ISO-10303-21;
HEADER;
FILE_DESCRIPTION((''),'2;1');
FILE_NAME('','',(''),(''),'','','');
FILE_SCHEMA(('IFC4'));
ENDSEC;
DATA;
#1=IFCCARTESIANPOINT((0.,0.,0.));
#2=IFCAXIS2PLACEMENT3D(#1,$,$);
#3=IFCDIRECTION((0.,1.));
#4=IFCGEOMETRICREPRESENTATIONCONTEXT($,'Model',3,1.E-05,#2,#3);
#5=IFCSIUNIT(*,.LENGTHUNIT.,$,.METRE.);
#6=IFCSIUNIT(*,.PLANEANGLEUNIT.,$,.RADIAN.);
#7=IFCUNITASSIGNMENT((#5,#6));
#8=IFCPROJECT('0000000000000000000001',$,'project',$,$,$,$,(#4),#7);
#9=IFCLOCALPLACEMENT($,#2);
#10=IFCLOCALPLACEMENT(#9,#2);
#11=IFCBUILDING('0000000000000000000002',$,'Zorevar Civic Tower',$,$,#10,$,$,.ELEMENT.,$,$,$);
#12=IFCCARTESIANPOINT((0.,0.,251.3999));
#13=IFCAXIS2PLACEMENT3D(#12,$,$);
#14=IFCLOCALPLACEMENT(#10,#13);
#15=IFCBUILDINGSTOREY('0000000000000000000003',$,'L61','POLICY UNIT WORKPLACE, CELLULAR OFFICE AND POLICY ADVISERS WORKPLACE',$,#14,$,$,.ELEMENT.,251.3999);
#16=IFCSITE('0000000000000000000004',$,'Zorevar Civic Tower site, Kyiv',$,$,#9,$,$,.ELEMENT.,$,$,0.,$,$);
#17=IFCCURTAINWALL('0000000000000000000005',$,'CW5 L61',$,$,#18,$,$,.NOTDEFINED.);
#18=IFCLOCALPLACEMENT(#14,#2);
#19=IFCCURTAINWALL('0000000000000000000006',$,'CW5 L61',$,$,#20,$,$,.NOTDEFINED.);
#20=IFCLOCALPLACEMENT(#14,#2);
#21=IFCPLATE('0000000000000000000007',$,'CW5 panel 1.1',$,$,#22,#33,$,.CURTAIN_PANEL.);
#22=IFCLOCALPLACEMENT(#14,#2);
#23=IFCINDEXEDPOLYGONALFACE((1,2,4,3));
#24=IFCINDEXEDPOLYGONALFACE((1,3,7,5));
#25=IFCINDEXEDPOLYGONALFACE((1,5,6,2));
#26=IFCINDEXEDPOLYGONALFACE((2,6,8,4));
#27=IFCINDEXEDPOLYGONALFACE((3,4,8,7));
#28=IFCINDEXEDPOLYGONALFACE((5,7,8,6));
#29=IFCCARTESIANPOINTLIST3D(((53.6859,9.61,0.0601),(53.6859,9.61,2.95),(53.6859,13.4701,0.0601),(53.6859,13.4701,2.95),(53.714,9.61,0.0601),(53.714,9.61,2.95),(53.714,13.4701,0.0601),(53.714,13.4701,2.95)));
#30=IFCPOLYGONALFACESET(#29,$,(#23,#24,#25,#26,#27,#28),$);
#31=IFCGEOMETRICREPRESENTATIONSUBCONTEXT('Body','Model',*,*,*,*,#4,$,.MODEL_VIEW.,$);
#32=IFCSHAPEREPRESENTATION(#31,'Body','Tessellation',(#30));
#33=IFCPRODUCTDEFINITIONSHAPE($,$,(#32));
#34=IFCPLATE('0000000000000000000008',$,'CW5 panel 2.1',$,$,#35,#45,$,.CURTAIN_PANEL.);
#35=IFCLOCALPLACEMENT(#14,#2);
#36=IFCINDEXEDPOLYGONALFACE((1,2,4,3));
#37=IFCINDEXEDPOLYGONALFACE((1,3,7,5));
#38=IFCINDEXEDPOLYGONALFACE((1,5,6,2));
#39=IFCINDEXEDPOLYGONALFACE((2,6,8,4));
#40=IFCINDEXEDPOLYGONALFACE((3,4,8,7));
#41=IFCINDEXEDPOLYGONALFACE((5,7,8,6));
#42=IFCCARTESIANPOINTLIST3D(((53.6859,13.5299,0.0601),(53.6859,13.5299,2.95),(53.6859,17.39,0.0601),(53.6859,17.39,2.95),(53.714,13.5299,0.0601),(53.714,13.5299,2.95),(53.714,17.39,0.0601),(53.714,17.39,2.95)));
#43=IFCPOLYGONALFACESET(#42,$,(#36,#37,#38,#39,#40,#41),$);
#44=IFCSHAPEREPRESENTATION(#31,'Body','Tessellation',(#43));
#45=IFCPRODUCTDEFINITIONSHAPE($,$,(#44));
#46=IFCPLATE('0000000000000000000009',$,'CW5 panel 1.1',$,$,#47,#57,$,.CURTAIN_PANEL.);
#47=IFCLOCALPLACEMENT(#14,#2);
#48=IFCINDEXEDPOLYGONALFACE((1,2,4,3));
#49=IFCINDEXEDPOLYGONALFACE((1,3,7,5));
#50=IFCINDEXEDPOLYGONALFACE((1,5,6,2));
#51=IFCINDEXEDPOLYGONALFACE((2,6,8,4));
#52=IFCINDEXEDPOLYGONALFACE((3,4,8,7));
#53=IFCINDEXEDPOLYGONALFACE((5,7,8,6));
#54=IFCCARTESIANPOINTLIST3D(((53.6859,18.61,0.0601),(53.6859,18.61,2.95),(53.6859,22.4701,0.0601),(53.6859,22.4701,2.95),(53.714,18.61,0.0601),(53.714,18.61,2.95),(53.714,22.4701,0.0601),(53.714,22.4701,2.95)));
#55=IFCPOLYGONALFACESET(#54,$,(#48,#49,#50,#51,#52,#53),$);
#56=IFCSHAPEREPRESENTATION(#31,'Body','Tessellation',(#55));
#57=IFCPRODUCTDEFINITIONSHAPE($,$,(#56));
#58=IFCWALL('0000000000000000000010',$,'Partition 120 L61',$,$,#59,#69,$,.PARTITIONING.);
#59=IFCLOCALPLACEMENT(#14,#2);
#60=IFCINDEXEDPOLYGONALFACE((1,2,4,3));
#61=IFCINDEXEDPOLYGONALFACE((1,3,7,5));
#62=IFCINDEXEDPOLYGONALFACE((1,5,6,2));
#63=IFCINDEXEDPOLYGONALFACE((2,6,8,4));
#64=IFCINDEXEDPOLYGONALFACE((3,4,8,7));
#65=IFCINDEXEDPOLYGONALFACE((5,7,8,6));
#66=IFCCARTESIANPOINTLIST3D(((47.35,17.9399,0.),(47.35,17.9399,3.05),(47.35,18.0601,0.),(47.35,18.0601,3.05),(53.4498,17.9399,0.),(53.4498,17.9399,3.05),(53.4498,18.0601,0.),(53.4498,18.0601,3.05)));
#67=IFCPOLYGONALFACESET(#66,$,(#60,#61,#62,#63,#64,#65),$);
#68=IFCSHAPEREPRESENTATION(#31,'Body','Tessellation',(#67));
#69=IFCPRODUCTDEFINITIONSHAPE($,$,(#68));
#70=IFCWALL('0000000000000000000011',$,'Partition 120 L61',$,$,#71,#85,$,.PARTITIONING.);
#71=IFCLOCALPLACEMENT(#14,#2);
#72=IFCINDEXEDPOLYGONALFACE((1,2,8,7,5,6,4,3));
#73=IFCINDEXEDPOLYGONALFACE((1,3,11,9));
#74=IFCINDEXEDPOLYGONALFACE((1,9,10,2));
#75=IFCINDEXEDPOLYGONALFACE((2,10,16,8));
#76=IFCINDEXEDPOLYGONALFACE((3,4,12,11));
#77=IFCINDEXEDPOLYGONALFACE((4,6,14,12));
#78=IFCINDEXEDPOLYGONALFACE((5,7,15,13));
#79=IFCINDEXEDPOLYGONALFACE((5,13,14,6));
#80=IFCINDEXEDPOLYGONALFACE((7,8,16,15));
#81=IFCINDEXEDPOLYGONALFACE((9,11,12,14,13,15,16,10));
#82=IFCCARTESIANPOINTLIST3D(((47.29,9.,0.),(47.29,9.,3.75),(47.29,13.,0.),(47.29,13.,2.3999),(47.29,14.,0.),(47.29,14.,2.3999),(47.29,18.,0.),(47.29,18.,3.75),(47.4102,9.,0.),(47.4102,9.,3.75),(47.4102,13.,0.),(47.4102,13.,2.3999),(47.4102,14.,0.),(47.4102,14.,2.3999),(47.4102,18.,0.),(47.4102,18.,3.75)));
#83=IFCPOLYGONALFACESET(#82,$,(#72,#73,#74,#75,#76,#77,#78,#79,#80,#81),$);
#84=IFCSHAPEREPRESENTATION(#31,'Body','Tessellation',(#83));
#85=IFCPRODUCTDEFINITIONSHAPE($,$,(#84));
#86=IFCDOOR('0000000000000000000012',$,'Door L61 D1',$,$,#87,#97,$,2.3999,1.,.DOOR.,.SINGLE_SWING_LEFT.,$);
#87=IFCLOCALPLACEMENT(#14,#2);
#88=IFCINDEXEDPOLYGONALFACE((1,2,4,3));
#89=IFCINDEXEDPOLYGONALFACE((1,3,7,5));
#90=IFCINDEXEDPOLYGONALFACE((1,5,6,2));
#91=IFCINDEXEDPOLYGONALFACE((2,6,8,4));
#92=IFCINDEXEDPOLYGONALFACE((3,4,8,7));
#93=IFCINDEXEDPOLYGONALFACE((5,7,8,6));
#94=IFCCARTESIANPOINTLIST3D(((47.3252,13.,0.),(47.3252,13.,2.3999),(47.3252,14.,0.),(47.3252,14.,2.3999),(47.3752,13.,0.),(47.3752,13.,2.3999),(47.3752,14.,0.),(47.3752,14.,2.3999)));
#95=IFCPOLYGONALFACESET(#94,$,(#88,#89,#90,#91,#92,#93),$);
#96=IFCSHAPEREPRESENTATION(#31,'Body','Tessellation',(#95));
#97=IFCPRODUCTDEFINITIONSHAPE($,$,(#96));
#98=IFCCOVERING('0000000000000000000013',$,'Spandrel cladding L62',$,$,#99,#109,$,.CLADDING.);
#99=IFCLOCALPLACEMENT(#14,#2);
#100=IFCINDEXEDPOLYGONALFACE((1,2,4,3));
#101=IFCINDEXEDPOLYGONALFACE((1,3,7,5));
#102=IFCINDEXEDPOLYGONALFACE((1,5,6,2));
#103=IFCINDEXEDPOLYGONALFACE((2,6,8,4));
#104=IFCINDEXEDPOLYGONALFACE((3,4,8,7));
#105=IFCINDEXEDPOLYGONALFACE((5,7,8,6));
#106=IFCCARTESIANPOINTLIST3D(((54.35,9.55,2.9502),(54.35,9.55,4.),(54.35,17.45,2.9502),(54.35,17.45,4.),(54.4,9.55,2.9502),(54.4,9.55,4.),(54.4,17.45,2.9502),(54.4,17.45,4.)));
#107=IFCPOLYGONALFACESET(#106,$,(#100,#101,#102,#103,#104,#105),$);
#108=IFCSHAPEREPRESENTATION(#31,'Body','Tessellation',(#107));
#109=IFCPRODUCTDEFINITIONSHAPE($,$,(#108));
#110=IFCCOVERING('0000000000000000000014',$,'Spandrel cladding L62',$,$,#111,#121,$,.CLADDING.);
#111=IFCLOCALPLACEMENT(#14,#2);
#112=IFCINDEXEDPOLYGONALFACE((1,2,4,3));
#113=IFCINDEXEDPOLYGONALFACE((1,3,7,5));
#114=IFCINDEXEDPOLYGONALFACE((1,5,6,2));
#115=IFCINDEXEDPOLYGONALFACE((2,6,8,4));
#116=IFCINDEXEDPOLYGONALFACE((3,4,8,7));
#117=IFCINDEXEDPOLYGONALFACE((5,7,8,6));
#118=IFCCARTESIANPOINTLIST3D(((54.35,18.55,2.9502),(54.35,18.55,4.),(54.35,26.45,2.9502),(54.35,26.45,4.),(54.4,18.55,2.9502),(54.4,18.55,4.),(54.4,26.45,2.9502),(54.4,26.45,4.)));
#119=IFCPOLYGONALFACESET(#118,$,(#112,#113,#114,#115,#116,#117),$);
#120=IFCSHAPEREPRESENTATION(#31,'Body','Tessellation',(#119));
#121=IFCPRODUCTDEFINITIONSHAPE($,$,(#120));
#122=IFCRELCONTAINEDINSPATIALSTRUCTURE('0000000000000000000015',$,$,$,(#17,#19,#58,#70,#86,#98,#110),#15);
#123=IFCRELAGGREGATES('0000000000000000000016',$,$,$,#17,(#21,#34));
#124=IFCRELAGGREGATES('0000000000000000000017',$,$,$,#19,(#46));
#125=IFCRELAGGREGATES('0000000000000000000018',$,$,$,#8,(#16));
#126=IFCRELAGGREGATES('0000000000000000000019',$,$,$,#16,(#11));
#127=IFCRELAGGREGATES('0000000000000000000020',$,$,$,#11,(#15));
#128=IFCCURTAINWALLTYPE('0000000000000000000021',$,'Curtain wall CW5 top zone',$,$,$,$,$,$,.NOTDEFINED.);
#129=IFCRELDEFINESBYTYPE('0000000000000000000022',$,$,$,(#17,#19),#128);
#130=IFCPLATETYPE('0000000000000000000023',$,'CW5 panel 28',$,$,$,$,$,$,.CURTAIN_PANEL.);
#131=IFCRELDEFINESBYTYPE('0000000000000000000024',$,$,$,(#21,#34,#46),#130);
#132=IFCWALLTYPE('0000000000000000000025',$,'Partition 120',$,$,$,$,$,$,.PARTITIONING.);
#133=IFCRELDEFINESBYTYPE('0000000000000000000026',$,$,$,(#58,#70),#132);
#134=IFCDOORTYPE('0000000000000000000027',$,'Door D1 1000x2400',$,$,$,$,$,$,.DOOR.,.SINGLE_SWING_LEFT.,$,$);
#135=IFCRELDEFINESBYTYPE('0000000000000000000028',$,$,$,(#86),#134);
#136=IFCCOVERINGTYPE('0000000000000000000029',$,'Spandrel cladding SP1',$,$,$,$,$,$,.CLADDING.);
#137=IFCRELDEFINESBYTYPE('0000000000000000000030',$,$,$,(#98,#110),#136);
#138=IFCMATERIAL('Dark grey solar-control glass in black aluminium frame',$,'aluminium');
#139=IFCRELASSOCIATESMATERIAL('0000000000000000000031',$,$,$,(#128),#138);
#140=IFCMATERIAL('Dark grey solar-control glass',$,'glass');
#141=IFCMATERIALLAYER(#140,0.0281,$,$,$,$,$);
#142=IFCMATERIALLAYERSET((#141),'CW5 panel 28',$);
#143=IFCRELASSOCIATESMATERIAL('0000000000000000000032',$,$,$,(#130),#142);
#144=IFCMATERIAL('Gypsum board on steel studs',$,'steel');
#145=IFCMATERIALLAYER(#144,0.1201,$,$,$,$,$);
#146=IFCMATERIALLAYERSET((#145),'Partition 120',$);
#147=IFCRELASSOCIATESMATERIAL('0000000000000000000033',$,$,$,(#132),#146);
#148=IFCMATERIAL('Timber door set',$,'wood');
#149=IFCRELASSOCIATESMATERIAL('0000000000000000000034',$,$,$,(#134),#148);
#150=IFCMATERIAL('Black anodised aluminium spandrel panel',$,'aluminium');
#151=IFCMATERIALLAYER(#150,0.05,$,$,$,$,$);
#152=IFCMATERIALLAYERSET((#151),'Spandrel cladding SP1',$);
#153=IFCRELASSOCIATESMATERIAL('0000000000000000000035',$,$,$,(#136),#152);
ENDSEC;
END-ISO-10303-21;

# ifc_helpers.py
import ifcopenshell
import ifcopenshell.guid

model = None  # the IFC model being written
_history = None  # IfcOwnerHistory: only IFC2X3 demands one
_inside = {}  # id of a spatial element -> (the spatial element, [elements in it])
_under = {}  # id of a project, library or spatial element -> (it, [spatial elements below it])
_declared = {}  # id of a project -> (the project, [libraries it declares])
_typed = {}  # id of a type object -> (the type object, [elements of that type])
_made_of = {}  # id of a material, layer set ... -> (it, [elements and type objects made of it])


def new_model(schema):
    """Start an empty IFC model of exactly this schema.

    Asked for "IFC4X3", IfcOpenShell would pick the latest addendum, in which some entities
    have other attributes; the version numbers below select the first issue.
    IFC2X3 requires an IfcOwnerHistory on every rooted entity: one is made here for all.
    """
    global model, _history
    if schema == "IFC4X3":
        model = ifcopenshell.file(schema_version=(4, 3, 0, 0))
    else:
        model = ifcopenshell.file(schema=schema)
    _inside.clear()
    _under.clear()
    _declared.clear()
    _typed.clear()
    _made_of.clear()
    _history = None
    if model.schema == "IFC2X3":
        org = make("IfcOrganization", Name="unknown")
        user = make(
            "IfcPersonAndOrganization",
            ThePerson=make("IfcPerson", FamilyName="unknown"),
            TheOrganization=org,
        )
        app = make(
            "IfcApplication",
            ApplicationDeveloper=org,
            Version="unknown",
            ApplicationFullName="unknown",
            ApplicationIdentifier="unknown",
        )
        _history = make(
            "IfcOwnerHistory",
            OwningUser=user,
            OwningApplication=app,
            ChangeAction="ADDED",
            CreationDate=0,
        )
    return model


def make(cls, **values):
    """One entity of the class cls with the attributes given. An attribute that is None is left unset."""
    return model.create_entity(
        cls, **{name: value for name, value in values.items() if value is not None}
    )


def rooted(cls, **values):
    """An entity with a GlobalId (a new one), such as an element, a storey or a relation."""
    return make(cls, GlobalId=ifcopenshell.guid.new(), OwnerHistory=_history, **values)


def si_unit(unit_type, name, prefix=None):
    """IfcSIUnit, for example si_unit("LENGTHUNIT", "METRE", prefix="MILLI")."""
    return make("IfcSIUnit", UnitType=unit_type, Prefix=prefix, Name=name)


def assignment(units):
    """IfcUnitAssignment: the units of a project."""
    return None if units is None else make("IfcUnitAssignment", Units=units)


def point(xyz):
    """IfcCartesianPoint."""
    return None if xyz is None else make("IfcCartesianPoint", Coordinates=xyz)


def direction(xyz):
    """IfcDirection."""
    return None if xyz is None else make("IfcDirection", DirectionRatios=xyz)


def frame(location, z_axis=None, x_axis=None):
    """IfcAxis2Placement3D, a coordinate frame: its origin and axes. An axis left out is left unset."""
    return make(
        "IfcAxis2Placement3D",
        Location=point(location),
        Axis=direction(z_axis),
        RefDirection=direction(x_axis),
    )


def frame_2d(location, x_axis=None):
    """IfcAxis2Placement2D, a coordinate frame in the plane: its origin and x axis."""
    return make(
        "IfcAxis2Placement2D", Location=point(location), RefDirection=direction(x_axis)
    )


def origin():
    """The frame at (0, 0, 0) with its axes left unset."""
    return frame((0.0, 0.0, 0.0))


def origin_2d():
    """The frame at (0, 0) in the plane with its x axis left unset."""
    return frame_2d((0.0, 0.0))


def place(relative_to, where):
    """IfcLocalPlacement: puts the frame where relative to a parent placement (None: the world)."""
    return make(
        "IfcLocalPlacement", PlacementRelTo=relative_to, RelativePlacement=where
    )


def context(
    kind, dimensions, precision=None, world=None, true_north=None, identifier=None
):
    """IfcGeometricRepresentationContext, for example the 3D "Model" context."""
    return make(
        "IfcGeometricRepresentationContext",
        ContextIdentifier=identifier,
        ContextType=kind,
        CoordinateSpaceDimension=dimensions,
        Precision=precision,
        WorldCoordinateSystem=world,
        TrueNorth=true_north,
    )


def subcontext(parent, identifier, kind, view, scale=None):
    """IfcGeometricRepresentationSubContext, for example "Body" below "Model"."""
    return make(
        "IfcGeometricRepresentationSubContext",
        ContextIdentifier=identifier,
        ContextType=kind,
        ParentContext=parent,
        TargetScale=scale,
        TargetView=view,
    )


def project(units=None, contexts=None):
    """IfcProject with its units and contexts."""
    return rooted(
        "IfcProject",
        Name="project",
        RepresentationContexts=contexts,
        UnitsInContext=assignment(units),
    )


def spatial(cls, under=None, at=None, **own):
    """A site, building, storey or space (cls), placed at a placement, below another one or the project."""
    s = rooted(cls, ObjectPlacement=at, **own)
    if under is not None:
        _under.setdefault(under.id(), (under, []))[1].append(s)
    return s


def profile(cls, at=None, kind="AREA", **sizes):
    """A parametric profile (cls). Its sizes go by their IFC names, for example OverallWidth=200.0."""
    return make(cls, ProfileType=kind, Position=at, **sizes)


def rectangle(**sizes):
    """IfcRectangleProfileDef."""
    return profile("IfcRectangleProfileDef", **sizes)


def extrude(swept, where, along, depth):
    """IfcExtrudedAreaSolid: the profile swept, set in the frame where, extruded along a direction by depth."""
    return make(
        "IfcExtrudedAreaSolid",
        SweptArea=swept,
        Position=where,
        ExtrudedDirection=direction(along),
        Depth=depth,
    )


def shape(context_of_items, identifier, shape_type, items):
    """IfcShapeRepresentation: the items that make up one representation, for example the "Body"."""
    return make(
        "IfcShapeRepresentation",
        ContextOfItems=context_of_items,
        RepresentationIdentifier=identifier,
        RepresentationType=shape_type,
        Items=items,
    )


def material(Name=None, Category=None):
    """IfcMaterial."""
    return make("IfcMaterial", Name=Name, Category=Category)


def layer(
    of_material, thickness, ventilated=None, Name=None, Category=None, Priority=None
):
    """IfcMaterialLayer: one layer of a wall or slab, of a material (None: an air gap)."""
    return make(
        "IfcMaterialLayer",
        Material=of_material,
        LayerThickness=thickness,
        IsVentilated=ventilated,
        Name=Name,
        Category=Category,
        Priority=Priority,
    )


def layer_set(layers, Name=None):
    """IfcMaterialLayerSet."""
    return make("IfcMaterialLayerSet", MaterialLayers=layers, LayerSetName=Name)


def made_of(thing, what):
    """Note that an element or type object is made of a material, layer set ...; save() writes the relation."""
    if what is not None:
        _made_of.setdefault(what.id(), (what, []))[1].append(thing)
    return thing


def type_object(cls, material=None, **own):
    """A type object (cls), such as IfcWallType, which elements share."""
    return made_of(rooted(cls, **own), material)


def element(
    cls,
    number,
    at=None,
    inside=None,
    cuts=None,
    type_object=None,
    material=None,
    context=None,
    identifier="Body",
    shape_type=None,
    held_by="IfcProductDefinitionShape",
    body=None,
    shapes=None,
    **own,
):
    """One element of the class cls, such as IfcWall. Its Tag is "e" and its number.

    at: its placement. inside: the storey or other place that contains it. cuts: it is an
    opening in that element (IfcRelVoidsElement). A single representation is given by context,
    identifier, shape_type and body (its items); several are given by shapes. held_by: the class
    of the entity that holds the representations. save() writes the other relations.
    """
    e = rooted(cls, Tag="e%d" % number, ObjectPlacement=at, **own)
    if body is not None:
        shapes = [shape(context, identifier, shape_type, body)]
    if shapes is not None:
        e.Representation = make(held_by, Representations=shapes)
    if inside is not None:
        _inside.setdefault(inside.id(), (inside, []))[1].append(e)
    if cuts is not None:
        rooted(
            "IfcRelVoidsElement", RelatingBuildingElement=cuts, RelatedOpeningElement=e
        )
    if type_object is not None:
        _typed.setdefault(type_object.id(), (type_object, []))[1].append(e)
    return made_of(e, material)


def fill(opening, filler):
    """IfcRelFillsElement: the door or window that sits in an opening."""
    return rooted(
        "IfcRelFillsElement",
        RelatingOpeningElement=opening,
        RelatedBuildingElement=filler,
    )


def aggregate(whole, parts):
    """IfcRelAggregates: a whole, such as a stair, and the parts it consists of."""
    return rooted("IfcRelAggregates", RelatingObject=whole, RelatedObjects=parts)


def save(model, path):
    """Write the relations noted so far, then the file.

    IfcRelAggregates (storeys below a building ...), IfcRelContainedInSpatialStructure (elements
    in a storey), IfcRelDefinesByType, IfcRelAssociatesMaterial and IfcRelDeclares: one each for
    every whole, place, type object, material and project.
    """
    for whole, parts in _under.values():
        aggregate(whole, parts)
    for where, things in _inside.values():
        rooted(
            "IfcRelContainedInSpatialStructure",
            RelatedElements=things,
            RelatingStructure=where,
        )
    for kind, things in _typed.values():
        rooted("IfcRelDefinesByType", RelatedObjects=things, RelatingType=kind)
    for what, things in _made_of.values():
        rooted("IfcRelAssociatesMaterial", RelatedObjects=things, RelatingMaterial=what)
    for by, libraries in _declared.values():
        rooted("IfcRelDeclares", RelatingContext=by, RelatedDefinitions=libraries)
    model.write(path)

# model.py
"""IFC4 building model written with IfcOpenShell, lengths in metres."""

from ifc_helpers import new_model, si_unit, direction, frame, frame_2d, origin, origin_2d, place, context, subcontext, project, spatial, rectangle, extrude, material, layer, layer_set, type_object, element, fill, aggregate, save


model = new_model("IFC4")

# Units and contexts
model_context = context("Model", 3, precision=1e-05, world=origin(), true_north=direction((0.0, 1.0)))
body_context = subcontext(model_context, "Body", "Model", "MODEL_VIEW")
ifc_project = project(units=[si_unit("LENGTHUNIT", "METRE"), si_unit("PLANEANGLEUNIT", "RADIAN")], contexts=[model_context])

# Site, building, storey
site_placement = place(None, origin())
site = spatial("IfcSite", under=ifc_project, at=site_placement, Name="Zorevar Civic Tower site, Kyiv", CompositionType="ELEMENT", RefElevation=0.0)
building_placement = place(site_placement, origin())
building = spatial("IfcBuilding", under=site, at=building_placement, Name="Zorevar Civic Tower", CompositionType="ELEMENT")
storey_placement = place(building_placement, frame((0.0, 0.0, 251.3999)))
storey = spatial("IfcBuildingStorey", under=building, at=storey_placement, Name="L61", Description="POLICY UNIT WORKPLACE, CELLULAR OFFICE AND POLICY ADVISERS WORKPLACE", CompositionType="ELEMENT", Elevation=251.3999)

# Curtain wall
ifc_material_1 = material(Name="Dark grey solar-control glass in black aluminium frame", Category="aluminium")
curtain_wall_type = type_object("IfcCurtainWallType", Name="Curtain wall CW5 top zone", PredefinedType="NOTDEFINED", material=ifc_material_1)
curtain_wall_1_placement = place(storey_placement, origin())
curtain_wall_1 = element("IfcCurtainWall", 1, at=curtain_wall_1_placement, inside=storey, type_object=curtain_wall_type, Name="CW5 L61", PredefinedType="NOTDEFINED")

# Curtain wall
curtain_wall_2_placement = place(storey_placement, origin())
curtain_wall_2 = element("IfcCurtainWall", 2, at=curtain_wall_2_placement, inside=storey, type_object=curtain_wall_type, Name="CW5 L61", PredefinedType="NOTDEFINED")

# Plates
ifc_material_2 = material(Name="Dark grey solar-control glass", Category="glass")
ifc_layer_1 = layer(ifc_material_2, 0.0281)
ifc_layer_set_1 = layer_set([ifc_layer_1], Name="CW5 panel 28")
plate_type = type_object("IfcPlateType", Name="CW5 panel 28", PredefinedType="CURTAIN_PANEL", material=ifc_layer_set_1)
plate_1_placement = place(storey_placement, frame((53.7, 11.54, 0.0601), z_axis=(0.0, 0.0, 1.0), x_axis=(0.0, 1.0, 0.0)))
plate_1 = element("IfcPlate", 3, at=plate_1_placement, type_object=plate_type, Name="CW5 panel 1.1", PredefinedType="CURTAIN_PANEL", context=body_context, shape_type="SweptSolid", body=[
    extrude(rectangle(XDim=3.8601, YDim=0.0281, at=origin_2d()), origin(), (0.0, 0.0, 1.0), 2.8899),
])
plate_2_placement = place(storey_placement, frame((53.7, 15.46, 0.0601), z_axis=(0.0, 0.0, 1.0), x_axis=(0.0, 1.0, 0.0)))
plate_2 = element("IfcPlate", 4, at=plate_2_placement, type_object=plate_type, Name="CW5 panel 2.1", PredefinedType="CURTAIN_PANEL", context=body_context, shape_type="SweptSolid", body=[
    extrude(rectangle(XDim=3.8601, YDim=0.0281, at=origin_2d()), origin(), (0.0, 0.0, 1.0), 2.8899),
])
aggregate(curtain_wall_1, [plate_1, plate_2])
plate_3_placement = place(storey_placement, frame((53.7, 20.54, 0.0601), z_axis=(0.0, 0.0, 1.0), x_axis=(0.0, 1.0, 0.0)))
plate_3 = element("IfcPlate", 5, at=plate_3_placement, type_object=plate_type, Name="CW5 panel 1.1", PredefinedType="CURTAIN_PANEL", context=body_context, shape_type="SweptSolid", body=[
    extrude(rectangle(XDim=3.8601, YDim=0.0281, at=origin_2d()), origin(), (0.0, 0.0, 1.0), 2.8899),
])
aggregate(curtain_wall_2, [plate_3])

# Wall
ifc_material_3 = material(Name="Gypsum board on steel studs", Category="steel")
ifc_layer_2 = layer(ifc_material_3, 0.1201)
ifc_layer_set_2 = layer_set([ifc_layer_2], Name="Partition 120")
wall_type_1 = type_object("IfcWallType", Name="Partition 120", PredefinedType="PARTITIONING", material=ifc_layer_set_2)
wall_1_placement = place(storey_placement, frame((47.3501, 18.0, 0.0), z_axis=(0.0, 0.0, 1.0), x_axis=(1.0, 0.0, 0.0)))
element("IfcWall", 6, at=wall_1_placement, inside=storey, type_object=wall_type_1, Name="Partition 120 L61", PredefinedType="PARTITIONING", context=body_context, shape_type="SweptSolid", body=[
    extrude(rectangle(XDim=6.0999, YDim=0.1201, at=frame_2d((3.0498, 0.0))), origin(), (0.0, 0.0, 1.0), 3.05),
])

# Wall, opening, door
wall_2_placement = place(storey_placement, frame((47.3501, 9.0, 0.0), z_axis=(0.0, 0.0, 1.0), x_axis=(0.0, 1.0, 0.0)))
wall_2 = element("IfcWall", 7, at=wall_2_placement, inside=storey, type_object=wall_type_1, Name="Partition 120 L61", PredefinedType="PARTITIONING", context=body_context, shape_type="SweptSolid", body=[
    extrude(rectangle(XDim=9.0, YDim=0.1201, at=frame_2d((4.5, 0.0))), origin(), (0.0, 0.0, 1.0), 3.75),
])
opening_1_placement = place(wall_2_placement, frame((4.0, 0.0, 0.0)))
opening_1 = element("IfcOpeningElement", 8, at=opening_1_placement, cuts=wall_2, PredefinedType="OPENING", context=body_context, shape_type="SweptSolid", body=[
    extrude(rectangle(XDim=1.0, YDim=2.3999, at=frame_2d((0.5, 1.2))), frame((0.0, 0.0701, 0.0), z_axis=(0.0, -1.0, 0.0), x_axis=(1.0, 0.0, 0.0)), (0.0, 0.0, 1.0), 0.1401),
])
ifc_material_4 = material(Name="Timber door set", Category="wood")
door_type_1 = type_object("IfcDoorType", Name="Door D1 1000x2400", OperationType="SINGLE_SWING_LEFT", PredefinedType="DOOR", material=ifc_material_4)
door_1_placement = place(opening_1_placement, origin())
door_1 = element("IfcDoor", 9, at=door_1_placement, inside=storey, type_object=door_type_1, Name="Door L61 D1", OperationType="SINGLE_SWING_LEFT", OverallHeight=2.3999, OverallWidth=1.0, PredefinedType="DOOR", context=body_context, shape_type="SweptSolid", body=[
    extrude(rectangle(XDim=1.0, YDim=2.3999, at=frame_2d((0.5, 1.2))), frame((0.0, 0.0249, 0.0), z_axis=(0.0, -1.0, 0.0), x_axis=(1.0, 0.0, 0.0)), (0.0, 0.0, 1.0), 0.05),
])
fill(opening_1, door_1)

# Coverings
ifc_material_5 = material(Name="Black anodised aluminium spandrel panel", Category="aluminium")
ifc_layer_3 = layer(ifc_material_5, 0.05)
ifc_layer_set_3 = layer_set([ifc_layer_3], Name="Spandrel cladding SP1")
covering_type = type_object("IfcCoveringType", Name="Spandrel cladding SP1", PredefinedType="CLADDING", material=ifc_layer_set_3)
for number, where, z_axis, x_axis, name in (
    (10, (54.375, 9.55, 2.9502), (0.0, 0.0, 1.0), (0.0, 1.0, 0.0), "Spandrel cladding L62"),
    (11, (54.375, 18.55, 2.9502), (0.0, 0.0, 1.0), (0.0, 1.0, 0.0), "Spandrel cladding L62"),
):
    element("IfcCovering", number, at=place(storey_placement, frame(where, z_axis=z_axis, x_axis=x_axis)), inside=storey, type_object=covering_type, Name=name, PredefinedType="CLADDING", context=body_context, shape_type="SweptSolid", body=[
        extrude(rectangle(XDim=7.8999, YDim=0.05, at=frame_2d((3.95, 0.0))), origin(), (0.0, 0.0, 1.0), 1.0498),
    ])

save(model, "model.ifc")
